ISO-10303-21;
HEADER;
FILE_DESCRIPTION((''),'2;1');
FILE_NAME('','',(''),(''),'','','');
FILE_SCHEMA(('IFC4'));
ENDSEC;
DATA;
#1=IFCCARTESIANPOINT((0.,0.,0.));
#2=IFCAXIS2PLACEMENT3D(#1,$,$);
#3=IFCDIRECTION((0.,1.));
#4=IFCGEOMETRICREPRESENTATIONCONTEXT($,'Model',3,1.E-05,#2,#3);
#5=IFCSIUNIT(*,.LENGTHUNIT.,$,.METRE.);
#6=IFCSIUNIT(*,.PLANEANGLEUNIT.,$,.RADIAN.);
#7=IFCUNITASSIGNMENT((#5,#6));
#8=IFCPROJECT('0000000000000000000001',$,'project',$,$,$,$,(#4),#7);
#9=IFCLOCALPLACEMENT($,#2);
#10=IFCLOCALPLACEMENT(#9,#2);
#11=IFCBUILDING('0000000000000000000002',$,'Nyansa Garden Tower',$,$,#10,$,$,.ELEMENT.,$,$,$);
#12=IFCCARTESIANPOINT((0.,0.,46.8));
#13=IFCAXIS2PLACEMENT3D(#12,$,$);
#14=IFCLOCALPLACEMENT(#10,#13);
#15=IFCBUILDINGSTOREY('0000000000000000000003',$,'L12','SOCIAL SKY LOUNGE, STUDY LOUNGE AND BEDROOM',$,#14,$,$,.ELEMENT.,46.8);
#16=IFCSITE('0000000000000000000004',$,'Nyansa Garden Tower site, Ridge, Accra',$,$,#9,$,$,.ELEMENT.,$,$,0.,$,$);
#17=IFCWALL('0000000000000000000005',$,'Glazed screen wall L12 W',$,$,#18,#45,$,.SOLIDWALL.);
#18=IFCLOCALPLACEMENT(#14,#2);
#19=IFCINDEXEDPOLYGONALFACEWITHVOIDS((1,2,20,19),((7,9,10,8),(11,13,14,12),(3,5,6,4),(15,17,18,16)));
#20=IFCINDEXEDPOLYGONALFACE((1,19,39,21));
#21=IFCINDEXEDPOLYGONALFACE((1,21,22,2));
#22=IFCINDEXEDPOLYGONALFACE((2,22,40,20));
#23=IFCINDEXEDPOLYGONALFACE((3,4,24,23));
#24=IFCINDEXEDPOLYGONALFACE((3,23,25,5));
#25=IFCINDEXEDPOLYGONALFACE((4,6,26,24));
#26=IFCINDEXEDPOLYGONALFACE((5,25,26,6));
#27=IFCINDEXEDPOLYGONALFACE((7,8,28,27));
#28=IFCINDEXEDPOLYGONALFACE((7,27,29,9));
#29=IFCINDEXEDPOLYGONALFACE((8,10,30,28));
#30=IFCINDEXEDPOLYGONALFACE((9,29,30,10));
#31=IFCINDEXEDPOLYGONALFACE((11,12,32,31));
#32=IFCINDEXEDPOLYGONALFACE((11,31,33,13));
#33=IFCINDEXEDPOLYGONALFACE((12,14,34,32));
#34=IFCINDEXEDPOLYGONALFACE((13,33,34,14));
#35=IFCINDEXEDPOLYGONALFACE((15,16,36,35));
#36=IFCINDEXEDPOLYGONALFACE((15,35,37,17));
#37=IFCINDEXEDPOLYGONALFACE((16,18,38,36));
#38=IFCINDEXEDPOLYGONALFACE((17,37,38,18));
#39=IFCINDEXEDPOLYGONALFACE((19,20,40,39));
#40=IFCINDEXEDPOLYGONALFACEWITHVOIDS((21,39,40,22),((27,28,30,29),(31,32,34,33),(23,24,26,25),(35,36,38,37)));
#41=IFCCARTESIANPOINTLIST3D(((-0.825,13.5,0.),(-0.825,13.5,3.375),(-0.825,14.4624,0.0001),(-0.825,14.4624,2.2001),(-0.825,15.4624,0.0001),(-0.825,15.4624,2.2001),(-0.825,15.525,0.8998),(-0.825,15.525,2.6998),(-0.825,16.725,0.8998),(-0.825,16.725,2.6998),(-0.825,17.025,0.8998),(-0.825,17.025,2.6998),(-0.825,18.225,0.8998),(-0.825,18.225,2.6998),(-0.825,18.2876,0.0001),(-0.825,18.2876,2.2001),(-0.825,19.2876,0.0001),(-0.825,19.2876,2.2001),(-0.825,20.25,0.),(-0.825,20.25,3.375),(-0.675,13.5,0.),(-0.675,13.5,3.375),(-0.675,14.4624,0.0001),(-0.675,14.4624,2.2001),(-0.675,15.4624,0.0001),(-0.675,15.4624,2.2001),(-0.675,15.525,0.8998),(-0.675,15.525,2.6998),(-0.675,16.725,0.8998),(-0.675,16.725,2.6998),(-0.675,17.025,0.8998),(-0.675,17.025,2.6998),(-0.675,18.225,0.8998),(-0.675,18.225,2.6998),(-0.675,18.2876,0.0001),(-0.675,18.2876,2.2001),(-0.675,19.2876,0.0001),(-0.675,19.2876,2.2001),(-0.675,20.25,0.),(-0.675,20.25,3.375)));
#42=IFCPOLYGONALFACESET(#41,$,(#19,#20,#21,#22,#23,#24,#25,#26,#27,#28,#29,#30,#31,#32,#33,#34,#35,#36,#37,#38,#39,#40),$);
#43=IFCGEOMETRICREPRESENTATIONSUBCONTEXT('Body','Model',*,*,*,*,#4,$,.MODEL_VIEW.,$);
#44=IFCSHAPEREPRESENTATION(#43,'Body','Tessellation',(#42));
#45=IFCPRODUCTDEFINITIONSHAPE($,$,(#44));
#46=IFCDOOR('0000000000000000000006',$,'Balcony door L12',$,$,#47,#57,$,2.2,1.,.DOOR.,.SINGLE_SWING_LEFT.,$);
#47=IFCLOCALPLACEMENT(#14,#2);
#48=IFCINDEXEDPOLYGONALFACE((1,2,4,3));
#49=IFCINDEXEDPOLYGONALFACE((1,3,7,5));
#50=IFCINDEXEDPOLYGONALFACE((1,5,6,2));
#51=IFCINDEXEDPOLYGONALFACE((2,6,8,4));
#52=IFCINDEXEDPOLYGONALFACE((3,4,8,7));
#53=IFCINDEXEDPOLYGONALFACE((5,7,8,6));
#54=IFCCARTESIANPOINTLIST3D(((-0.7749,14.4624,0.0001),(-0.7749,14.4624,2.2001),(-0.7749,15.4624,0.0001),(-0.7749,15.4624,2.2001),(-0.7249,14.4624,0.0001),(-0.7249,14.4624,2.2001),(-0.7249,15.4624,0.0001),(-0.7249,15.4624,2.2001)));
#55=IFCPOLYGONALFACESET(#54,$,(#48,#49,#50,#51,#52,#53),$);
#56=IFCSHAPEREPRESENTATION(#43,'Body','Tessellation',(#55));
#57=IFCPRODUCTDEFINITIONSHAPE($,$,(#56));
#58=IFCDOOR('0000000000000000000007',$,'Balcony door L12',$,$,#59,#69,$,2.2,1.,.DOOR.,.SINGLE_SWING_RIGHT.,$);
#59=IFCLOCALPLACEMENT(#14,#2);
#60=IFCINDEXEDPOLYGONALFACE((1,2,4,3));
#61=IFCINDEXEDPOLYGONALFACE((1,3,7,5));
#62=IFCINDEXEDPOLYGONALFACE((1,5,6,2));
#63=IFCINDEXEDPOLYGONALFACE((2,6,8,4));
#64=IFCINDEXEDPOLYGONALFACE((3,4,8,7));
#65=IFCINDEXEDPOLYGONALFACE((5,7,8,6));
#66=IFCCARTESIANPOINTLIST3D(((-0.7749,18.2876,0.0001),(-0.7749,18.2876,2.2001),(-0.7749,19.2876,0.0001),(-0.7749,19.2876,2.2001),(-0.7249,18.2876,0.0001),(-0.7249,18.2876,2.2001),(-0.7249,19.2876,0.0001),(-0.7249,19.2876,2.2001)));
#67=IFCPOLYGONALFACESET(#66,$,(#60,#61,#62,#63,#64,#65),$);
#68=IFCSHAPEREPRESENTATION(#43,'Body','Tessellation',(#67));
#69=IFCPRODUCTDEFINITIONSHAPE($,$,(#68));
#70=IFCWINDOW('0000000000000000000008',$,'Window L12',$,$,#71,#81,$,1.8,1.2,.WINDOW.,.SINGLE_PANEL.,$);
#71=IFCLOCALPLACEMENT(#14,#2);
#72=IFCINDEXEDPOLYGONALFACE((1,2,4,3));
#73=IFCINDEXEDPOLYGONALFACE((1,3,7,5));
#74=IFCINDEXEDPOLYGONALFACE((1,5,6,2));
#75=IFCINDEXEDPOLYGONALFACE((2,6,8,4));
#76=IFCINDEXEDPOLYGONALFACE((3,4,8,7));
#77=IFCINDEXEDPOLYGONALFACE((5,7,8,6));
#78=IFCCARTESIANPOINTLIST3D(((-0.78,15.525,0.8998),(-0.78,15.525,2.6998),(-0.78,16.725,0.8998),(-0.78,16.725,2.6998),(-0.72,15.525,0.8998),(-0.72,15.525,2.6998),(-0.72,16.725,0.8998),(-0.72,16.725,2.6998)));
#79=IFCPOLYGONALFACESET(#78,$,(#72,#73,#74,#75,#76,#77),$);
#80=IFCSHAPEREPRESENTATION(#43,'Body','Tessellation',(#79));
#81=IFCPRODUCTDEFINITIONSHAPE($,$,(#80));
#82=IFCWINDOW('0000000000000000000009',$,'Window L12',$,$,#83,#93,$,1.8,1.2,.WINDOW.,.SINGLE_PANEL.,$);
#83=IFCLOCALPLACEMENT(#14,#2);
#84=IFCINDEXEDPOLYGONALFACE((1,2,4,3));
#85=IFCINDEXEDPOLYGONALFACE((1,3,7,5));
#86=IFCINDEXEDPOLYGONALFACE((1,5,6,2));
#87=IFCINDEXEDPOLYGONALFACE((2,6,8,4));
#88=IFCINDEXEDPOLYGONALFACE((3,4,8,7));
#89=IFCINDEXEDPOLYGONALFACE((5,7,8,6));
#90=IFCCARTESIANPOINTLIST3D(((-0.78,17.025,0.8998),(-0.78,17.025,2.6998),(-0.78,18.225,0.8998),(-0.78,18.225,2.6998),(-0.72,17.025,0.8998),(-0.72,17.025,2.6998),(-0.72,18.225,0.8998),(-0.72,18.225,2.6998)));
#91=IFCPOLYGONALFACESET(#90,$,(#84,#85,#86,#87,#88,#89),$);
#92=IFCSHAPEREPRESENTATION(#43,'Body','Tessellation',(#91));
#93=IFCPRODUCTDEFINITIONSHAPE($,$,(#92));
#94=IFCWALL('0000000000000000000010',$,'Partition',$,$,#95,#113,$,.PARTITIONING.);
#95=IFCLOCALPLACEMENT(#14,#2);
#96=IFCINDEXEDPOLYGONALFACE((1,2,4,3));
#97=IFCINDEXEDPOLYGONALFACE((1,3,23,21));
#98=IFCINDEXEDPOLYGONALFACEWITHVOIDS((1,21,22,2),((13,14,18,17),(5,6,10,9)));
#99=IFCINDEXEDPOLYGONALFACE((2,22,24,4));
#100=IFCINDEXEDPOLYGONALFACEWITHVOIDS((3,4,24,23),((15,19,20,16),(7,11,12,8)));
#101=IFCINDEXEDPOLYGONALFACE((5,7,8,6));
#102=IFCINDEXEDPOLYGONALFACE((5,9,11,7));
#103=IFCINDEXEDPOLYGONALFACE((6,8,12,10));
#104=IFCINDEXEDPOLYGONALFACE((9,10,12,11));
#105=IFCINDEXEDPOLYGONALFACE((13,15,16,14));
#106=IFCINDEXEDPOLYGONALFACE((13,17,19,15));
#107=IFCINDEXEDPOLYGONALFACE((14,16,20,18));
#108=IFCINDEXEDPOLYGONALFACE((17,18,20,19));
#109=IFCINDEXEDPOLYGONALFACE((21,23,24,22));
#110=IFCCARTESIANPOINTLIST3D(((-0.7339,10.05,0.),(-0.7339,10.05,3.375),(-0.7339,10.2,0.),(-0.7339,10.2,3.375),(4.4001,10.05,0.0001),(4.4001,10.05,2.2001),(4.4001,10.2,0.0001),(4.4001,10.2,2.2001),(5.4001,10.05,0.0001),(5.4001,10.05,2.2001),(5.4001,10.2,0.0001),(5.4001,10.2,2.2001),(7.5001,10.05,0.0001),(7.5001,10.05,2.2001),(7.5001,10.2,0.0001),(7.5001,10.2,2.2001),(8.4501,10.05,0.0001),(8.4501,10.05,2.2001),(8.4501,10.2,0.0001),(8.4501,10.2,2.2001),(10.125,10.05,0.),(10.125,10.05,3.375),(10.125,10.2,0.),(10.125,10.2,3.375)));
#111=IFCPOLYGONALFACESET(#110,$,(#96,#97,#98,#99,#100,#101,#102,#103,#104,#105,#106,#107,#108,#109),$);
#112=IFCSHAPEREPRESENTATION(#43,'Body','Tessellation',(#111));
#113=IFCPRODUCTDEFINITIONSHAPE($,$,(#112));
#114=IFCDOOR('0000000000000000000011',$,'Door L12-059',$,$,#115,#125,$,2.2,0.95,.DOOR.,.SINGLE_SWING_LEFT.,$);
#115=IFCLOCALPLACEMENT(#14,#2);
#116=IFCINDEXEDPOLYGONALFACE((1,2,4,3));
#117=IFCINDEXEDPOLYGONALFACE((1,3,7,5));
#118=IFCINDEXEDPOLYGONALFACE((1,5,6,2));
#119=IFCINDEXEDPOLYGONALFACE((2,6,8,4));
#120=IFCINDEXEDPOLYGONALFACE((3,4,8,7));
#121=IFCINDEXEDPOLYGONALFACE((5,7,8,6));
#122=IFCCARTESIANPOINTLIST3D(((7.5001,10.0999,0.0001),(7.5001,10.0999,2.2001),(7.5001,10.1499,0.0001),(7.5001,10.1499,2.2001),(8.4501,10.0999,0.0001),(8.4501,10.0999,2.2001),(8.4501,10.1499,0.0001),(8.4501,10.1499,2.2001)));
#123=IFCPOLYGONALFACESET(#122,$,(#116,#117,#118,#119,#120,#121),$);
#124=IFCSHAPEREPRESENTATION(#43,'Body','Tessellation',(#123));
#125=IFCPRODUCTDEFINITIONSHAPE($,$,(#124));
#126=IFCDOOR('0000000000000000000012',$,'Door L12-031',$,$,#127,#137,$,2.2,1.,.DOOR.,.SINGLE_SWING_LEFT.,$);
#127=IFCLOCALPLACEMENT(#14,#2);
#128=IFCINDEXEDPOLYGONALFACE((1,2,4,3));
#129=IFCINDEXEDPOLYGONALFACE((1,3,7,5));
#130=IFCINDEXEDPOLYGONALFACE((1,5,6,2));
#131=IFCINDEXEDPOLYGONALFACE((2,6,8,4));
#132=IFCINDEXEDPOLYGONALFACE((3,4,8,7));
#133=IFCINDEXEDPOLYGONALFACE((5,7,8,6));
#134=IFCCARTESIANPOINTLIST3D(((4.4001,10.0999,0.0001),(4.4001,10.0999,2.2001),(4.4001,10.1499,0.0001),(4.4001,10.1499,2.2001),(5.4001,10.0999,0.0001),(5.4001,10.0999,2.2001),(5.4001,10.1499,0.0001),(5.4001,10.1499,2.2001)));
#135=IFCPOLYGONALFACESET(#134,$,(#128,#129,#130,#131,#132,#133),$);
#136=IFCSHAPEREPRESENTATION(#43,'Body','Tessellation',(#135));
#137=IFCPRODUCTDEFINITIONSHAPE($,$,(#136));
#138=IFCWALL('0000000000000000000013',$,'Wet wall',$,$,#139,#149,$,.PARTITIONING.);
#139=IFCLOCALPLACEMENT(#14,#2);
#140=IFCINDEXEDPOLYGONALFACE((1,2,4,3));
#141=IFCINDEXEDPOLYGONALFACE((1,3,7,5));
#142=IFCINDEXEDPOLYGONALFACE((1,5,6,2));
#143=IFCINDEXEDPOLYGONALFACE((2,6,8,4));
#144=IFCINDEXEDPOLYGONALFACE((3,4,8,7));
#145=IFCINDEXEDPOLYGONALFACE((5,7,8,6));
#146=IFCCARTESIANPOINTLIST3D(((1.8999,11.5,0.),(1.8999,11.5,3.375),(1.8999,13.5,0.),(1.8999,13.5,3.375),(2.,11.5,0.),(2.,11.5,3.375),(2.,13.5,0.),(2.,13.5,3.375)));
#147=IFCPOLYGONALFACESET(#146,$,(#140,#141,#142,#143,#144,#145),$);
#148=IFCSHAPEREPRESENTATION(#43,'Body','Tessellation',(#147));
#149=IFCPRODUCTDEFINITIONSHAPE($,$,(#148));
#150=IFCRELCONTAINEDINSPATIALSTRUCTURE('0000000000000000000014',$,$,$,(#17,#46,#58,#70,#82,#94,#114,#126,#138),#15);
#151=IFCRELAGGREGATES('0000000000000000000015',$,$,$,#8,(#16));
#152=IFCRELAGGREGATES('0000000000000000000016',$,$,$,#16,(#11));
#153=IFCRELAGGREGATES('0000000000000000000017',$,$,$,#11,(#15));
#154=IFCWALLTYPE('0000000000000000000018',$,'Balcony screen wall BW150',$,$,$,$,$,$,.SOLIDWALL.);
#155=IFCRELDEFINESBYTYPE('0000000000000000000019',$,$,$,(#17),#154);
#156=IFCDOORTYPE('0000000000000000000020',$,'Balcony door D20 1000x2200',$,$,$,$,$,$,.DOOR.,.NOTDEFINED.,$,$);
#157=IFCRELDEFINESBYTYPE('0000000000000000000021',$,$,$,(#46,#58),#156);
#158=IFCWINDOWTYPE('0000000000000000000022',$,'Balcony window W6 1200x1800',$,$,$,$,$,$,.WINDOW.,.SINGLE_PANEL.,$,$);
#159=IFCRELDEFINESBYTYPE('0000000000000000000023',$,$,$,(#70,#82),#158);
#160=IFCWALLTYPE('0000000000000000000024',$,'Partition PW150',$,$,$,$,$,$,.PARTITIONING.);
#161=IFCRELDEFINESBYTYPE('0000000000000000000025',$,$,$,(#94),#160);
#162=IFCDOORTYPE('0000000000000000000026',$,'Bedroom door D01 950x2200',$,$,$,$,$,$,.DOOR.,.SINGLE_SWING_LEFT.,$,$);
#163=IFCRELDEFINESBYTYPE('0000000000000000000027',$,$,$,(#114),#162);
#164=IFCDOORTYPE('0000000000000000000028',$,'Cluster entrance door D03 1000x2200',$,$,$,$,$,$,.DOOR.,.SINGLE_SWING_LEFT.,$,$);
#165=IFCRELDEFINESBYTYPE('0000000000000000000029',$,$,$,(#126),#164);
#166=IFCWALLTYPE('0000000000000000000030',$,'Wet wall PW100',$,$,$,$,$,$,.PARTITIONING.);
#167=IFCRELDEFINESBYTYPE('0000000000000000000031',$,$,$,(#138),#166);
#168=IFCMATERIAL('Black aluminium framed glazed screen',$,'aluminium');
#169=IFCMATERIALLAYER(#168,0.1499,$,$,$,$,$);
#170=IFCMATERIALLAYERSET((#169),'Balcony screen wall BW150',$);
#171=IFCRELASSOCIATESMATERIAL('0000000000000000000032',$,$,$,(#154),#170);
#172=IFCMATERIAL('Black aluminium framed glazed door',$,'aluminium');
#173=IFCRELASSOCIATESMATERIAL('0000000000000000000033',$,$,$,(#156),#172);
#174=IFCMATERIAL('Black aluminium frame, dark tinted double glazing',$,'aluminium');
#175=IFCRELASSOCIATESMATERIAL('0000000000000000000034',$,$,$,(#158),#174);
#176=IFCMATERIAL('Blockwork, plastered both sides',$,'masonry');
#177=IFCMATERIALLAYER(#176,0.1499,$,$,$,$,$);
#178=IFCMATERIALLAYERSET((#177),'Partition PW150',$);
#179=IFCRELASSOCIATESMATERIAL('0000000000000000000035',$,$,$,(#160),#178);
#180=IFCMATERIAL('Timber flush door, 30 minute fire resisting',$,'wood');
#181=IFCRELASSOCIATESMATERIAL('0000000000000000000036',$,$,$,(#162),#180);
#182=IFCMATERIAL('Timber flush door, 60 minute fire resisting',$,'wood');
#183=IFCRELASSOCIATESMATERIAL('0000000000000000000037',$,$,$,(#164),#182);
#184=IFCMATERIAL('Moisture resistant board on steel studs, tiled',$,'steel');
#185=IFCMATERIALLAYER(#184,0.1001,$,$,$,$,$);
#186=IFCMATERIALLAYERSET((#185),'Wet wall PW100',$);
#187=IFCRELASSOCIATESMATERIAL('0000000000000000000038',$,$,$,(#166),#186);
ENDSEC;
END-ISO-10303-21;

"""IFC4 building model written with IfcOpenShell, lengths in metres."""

from ifc_helpers import new_model, si_unit, direction, frame, frame_2d, origin, place, context, subcontext, project, spatial, rectangle, extrude, material, layer, layer_set, type_object, element, fill, save


model = new_model("IFC4")

# Units and contexts
model_context = context("Model", 3, precision=1e-05, world=origin(), true_north=direction((0.0, 1.0)))
body_context = subcontext(model_context, "Body", "Model", "MODEL_VIEW")
ifc_project = project(units=[si_unit("LENGTHUNIT", "METRE"), si_unit("PLANEANGLEUNIT", "RADIAN")], contexts=[model_context])

# Site, building, storey
site_placement = place(None, origin())
site = spatial("IfcSite", under=ifc_project, at=site_placement, Name="Nyansa Garden Tower site, Ridge, Accra", CompositionType="ELEMENT", RefElevation=0.0)
building_placement = place(site_placement, origin())
building = spatial("IfcBuilding", under=site, at=building_placement, Name="Nyansa Garden Tower", CompositionType="ELEMENT")
storey_placement = place(building_placement, frame((0.0, 0.0, 46.8)))
storey = spatial("IfcBuildingStorey", under=building, at=storey_placement, Name="L12", Description="SOCIAL SKY LOUNGE, STUDY LOUNGE AND BEDROOM", CompositionType="ELEMENT", Elevation=46.8)

# Wall, openings, doors, windows
ifc_material_1 = material(Name="Black aluminium framed glazed screen", Category="aluminium")
ifc_layer_1 = layer(ifc_material_1, 0.1499)
ifc_layer_set_1 = layer_set([ifc_layer_1], Name="Balcony screen wall BW150")
wall_type_1 = type_object("IfcWallType", Name="Balcony screen wall BW150", PredefinedType="SOLIDWALL", material=ifc_layer_set_1)
wall_1_placement = place(storey_placement, frame((-0.75, 13.5, 0.0), z_axis=(0.0, 0.0, 1.0), x_axis=(0.0, 1.0, 0.0)))
wall_1 = element("IfcWall", 1, at=wall_1_placement, inside=storey, type_object=wall_type_1, Name="Glazed screen wall L12 W", PredefinedType="SOLIDWALL", context=body_context, shape_type="SweptSolid", body=[
    extrude(rectangle(XDim=6.75, YDim=0.1499, at=frame_2d((3.375, 0.0))), origin(), (0.0, 0.0, 1.0), 3.375),
])
opening_1_placement = place(wall_1_placement, frame((0.9624, 0.0, 0.0)))
opening_1 = element("IfcOpeningElement", 2, at=opening_1_placement, cuts=wall_1, PredefinedType="OPENING", context=body_context, shape_type="SweptSolid", body=[
    extrude(rectangle(XDim=1.0, YDim=2.2, at=frame_2d((0.5, 1.1001))), frame((0.0, 0.085, 0.0), z_axis=(0.0, -1.0, 0.0), x_axis=(1.0, 0.0, 0.0)), (0.0, 0.0, 1.0), 0.1699),
])
opening_2_placement = place(wall_1_placement, frame((2.0249, 0.0, 0.8999)))
opening_2 = element("IfcOpeningElement", 3, at=opening_2_placement, cuts=wall_1, PredefinedType="OPENING", context=body_context, shape_type="SweptSolid", body=[
    extrude(rectangle(XDim=1.2, YDim=1.8, at=frame_2d((0.6001, 0.8999))), frame((0.0, 0.085, 0.0), z_axis=(0.0, -1.0, 0.0), x_axis=(1.0, 0.0, 0.0)), (0.0, 0.0, 1.0), 0.1699),
])
opening_3_placement = place(wall_1_placement, frame((4.7876, 0.0, 0.0)))
opening_3 = element("IfcOpeningElement", 4, at=opening_3_placement, cuts=wall_1, PredefinedType="OPENING", context=body_context, shape_type="SweptSolid", body=[
    extrude(rectangle(XDim=1.0, YDim=2.2, at=frame_2d((0.5, 1.1001))), frame((0.0, 0.085, 0.0), z_axis=(0.0, -1.0, 0.0), x_axis=(1.0, 0.0, 0.0)), (0.0, 0.0, 1.0), 0.1699),
])
opening_4_placement = place(wall_1_placement, frame((3.5249, 0.0, 0.8999)))
opening_4 = element("IfcOpeningElement", 5, at=opening_4_placement, cuts=wall_1, PredefinedType="OPENING", context=body_context, shape_type="SweptSolid", body=[
    extrude(rectangle(XDim=1.2, YDim=1.8, at=frame_2d((0.6001, 0.8999))), frame((0.0, 0.085, 0.0), z_axis=(0.0, -1.0, 0.0), x_axis=(1.0, 0.0, 0.0)), (0.0, 0.0, 1.0), 0.1699),
])
ifc_material_2 = material(Name="Black aluminium framed glazed door", Category="aluminium")
door_type_1 = type_object("IfcDoorType", Name="Balcony door D20 1000x2200", OperationType="NOTDEFINED", PredefinedType="DOOR", material=ifc_material_2)
door_1_placement = place(opening_1_placement, origin())
door_1 = element("IfcDoor", 6, at=door_1_placement, inside=storey, type_object=door_type_1, Name="Balcony door L12", OperationType="SINGLE_SWING_LEFT", OverallHeight=2.2, OverallWidth=1.0, PredefinedType="DOOR", context=body_context, shape_type="SweptSolid", body=[
    extrude(rectangle(XDim=1.0, YDim=2.2, at=frame_2d((0.5, 1.1001))), frame((0.0, 0.0249, 0.0), z_axis=(0.0, -1.0, 0.0), x_axis=(1.0, 0.0, 0.0)), (0.0, 0.0, 1.0), 0.05),
])
fill(opening_1, door_1)
door_2_placement = place(opening_3_placement, origin())
door_2 = element("IfcDoor", 7, at=door_2_placement, inside=storey, type_object=door_type_1, Name="Balcony door L12", OperationType="SINGLE_SWING_RIGHT", OverallHeight=2.2, OverallWidth=1.0, PredefinedType="DOOR", context=body_context, shape_type="SweptSolid", body=[
    extrude(rectangle(XDim=1.0, YDim=2.2, at=frame_2d((0.5, 1.1001))), frame((0.0, 0.0249, 0.0), z_axis=(0.0, -1.0, 0.0), x_axis=(1.0, 0.0, 0.0)), (0.0, 0.0, 1.0), 0.05),
])
fill(opening_3, door_2)
ifc_material_3 = material(Name="Black aluminium frame, dark tinted double glazing", Category="aluminium")
window_type = type_object("IfcWindowType", Name="Balcony window W6 1200x1800", PartitioningType="SINGLE_PANEL", PredefinedType="WINDOW", material=ifc_material_3)
window_1_placement = place(opening_2_placement, origin())
window_1 = element("IfcWindow", 8, at=window_1_placement, inside=storey, type_object=window_type, Name="Window L12", OverallHeight=1.8, OverallWidth=1.2, PartitioningType="SINGLE_PANEL", PredefinedType="WINDOW", context=body_context, shape_type="SweptSolid", body=[
    extrude(rectangle(XDim=1.2, YDim=1.8, at=frame_2d((0.6001, 0.8999))), frame((0.0, 0.03, 0.0), z_axis=(0.0, -1.0, 0.0), x_axis=(1.0, 0.0, 0.0)), (0.0, 0.0, 1.0), 0.0601),
])
fill(opening_2, window_1)
window_2_placement = place(opening_4_placement, origin())
window_2 = element("IfcWindow", 9, at=window_2_placement, inside=storey, type_object=window_type, Name="Window L12", OverallHeight=1.8, OverallWidth=1.2, PartitioningType="SINGLE_PANEL", PredefinedType="WINDOW", context=body_context, shape_type="SweptSolid", body=[
    extrude(rectangle(XDim=1.2, YDim=1.8, at=frame_2d((0.6001, 0.8999))), frame((0.0, 0.03, 0.0), z_axis=(0.0, -1.0, 0.0), x_axis=(1.0, 0.0, 0.0)), (0.0, 0.0, 1.0), 0.0601),
])
fill(opening_4, window_2)

# Wall, openings, doors
ifc_material_4 = material(Name="Blockwork, plastered both sides", Category="masonry")
ifc_layer_2 = layer(ifc_material_4, 0.1499)
ifc_layer_set_2 = layer_set([ifc_layer_2], Name="Partition PW150")
wall_type_2 = type_object("IfcWallType", Name="Partition PW150", PredefinedType="PARTITIONING", material=ifc_layer_set_2)
wall_2_placement = place(storey_placement, frame((-0.7339, 10.125, 0.0), z_axis=(0.0, 0.0, 1.0), x_axis=(1.0, 0.0, 0.0)))
wall_2 = element("IfcWall", 10, at=wall_2_placement, inside=storey, type_object=wall_type_2, Name="Partition", PredefinedType="PARTITIONING", context=body_context, shape_type="SweptSolid", body=[
    extrude(rectangle(XDim=10.8589, YDim=0.1499, at=frame_2d((5.4294, 0.0))), origin(), (0.0, 0.0, 1.0), 3.375),
])
opening_5_placement = place(wall_2_placement, frame((5.134, 0.0, 0.0)))
opening_5 = element("IfcOpeningElement", 11, at=opening_5_placement, cuts=wall_2, PredefinedType="OPENING", context=body_context, shape_type="SweptSolid", body=[
    extrude(rectangle(XDim=1.0, YDim=2.2, at=frame_2d((0.5, 1.1001))), frame((0.0, 0.085, 0.0), z_axis=(0.0, -1.0, 0.0), x_axis=(1.0, 0.0, 0.0)), (0.0, 0.0, 1.0), 0.1699),
])
opening_6_placement = place(wall_2_placement, frame((8.2339, 0.0, 0.0)))
opening_6 = element("IfcOpeningElement", 12, at=opening_6_placement, cuts=wall_2, PredefinedType="OPENING", context=body_context, shape_type="SweptSolid", body=[
    extrude(rectangle(XDim=0.95, YDim=2.2, at=frame_2d((0.4751, 1.1001))), frame((0.0, 0.085, 0.0), z_axis=(0.0, -1.0, 0.0), x_axis=(1.0, 0.0, 0.0)), (0.0, 0.0, 1.0), 0.1699),
])
ifc_material_5 = material(Name="Timber flush door, 30 minute fire resisting", Category="wood")
door_type_2 = type_object("IfcDoorType", Name="Bedroom door D01 950x2200", OperationType="SINGLE_SWING_LEFT", PredefinedType="DOOR", material=ifc_material_5)
door_3_placement = place(opening_6_placement, origin())
door_3 = element("IfcDoor", 13, at=door_3_placement, inside=storey, type_object=door_type_2, Name="Door L12-059", OperationType="SINGLE_SWING_LEFT", OverallHeight=2.2, OverallWidth=0.95, PredefinedType="DOOR", context=body_context, shape_type="SweptSolid", body=[
    extrude(rectangle(XDim=0.95, YDim=2.2, at=frame_2d((0.4751, 1.1001))), frame((0.0, 0.0249, 0.0), z_axis=(0.0, -1.0, 0.0), x_axis=(1.0, 0.0, 0.0)), (0.0, 0.0, 1.0), 0.05),
])
fill(opening_6, door_3)
ifc_material_6 = material(Name="Timber flush door, 60 minute fire resisting", Category="wood")
door_type_3 = type_object("IfcDoorType", Name="Cluster entrance door D03 1000x2200", OperationType="SINGLE_SWING_LEFT", PredefinedType="DOOR", material=ifc_material_6)
door_4_placement = place(opening_5_placement, origin())
door_4 = element("IfcDoor", 14, at=door_4_placement, inside=storey, type_object=door_type_3, Name="Door L12-031", OperationType="SINGLE_SWING_LEFT", OverallHeight=2.2, OverallWidth=1.0, PredefinedType="DOOR", context=body_context, shape_type="SweptSolid", body=[
    extrude(rectangle(XDim=1.0, YDim=2.2, at=frame_2d((0.5, 1.1001))), frame((0.0, 0.0249, 0.0), z_axis=(0.0, -1.0, 0.0), x_axis=(1.0, 0.0, 0.0)), (0.0, 0.0, 1.0), 0.05),
])
fill(opening_5, door_4)

# Wall
ifc_material_7 = material(Name="Moisture resistant board on steel studs, tiled", Category="steel")
ifc_layer_3 = layer(ifc_material_7, 0.1001)
ifc_layer_set_3 = layer_set([ifc_layer_3], Name="Wet wall PW100")
wall_type_3 = type_object("IfcWallType", Name="Wet wall PW100", PredefinedType="PARTITIONING", material=ifc_layer_set_3)
wall_3_placement = place(storey_placement, frame((1.95, 11.5, 0.0), z_axis=(0.0, 0.0, 1.0), x_axis=(0.0, 1.0, 0.0)))
element("IfcWall", 15, at=wall_3_placement, inside=storey, type_object=wall_type_3, Name="Wet wall", PredefinedType="PARTITIONING", context=body_context, shape_type="SweptSolid", body=[
    extrude(rectangle(XDim=2.0, YDim=0.1001, at=frame_2d((1.0, 0.0))), origin(), (0.0, 0.0, 1.0), 3.375),
])

save(model, "model.ifc")
